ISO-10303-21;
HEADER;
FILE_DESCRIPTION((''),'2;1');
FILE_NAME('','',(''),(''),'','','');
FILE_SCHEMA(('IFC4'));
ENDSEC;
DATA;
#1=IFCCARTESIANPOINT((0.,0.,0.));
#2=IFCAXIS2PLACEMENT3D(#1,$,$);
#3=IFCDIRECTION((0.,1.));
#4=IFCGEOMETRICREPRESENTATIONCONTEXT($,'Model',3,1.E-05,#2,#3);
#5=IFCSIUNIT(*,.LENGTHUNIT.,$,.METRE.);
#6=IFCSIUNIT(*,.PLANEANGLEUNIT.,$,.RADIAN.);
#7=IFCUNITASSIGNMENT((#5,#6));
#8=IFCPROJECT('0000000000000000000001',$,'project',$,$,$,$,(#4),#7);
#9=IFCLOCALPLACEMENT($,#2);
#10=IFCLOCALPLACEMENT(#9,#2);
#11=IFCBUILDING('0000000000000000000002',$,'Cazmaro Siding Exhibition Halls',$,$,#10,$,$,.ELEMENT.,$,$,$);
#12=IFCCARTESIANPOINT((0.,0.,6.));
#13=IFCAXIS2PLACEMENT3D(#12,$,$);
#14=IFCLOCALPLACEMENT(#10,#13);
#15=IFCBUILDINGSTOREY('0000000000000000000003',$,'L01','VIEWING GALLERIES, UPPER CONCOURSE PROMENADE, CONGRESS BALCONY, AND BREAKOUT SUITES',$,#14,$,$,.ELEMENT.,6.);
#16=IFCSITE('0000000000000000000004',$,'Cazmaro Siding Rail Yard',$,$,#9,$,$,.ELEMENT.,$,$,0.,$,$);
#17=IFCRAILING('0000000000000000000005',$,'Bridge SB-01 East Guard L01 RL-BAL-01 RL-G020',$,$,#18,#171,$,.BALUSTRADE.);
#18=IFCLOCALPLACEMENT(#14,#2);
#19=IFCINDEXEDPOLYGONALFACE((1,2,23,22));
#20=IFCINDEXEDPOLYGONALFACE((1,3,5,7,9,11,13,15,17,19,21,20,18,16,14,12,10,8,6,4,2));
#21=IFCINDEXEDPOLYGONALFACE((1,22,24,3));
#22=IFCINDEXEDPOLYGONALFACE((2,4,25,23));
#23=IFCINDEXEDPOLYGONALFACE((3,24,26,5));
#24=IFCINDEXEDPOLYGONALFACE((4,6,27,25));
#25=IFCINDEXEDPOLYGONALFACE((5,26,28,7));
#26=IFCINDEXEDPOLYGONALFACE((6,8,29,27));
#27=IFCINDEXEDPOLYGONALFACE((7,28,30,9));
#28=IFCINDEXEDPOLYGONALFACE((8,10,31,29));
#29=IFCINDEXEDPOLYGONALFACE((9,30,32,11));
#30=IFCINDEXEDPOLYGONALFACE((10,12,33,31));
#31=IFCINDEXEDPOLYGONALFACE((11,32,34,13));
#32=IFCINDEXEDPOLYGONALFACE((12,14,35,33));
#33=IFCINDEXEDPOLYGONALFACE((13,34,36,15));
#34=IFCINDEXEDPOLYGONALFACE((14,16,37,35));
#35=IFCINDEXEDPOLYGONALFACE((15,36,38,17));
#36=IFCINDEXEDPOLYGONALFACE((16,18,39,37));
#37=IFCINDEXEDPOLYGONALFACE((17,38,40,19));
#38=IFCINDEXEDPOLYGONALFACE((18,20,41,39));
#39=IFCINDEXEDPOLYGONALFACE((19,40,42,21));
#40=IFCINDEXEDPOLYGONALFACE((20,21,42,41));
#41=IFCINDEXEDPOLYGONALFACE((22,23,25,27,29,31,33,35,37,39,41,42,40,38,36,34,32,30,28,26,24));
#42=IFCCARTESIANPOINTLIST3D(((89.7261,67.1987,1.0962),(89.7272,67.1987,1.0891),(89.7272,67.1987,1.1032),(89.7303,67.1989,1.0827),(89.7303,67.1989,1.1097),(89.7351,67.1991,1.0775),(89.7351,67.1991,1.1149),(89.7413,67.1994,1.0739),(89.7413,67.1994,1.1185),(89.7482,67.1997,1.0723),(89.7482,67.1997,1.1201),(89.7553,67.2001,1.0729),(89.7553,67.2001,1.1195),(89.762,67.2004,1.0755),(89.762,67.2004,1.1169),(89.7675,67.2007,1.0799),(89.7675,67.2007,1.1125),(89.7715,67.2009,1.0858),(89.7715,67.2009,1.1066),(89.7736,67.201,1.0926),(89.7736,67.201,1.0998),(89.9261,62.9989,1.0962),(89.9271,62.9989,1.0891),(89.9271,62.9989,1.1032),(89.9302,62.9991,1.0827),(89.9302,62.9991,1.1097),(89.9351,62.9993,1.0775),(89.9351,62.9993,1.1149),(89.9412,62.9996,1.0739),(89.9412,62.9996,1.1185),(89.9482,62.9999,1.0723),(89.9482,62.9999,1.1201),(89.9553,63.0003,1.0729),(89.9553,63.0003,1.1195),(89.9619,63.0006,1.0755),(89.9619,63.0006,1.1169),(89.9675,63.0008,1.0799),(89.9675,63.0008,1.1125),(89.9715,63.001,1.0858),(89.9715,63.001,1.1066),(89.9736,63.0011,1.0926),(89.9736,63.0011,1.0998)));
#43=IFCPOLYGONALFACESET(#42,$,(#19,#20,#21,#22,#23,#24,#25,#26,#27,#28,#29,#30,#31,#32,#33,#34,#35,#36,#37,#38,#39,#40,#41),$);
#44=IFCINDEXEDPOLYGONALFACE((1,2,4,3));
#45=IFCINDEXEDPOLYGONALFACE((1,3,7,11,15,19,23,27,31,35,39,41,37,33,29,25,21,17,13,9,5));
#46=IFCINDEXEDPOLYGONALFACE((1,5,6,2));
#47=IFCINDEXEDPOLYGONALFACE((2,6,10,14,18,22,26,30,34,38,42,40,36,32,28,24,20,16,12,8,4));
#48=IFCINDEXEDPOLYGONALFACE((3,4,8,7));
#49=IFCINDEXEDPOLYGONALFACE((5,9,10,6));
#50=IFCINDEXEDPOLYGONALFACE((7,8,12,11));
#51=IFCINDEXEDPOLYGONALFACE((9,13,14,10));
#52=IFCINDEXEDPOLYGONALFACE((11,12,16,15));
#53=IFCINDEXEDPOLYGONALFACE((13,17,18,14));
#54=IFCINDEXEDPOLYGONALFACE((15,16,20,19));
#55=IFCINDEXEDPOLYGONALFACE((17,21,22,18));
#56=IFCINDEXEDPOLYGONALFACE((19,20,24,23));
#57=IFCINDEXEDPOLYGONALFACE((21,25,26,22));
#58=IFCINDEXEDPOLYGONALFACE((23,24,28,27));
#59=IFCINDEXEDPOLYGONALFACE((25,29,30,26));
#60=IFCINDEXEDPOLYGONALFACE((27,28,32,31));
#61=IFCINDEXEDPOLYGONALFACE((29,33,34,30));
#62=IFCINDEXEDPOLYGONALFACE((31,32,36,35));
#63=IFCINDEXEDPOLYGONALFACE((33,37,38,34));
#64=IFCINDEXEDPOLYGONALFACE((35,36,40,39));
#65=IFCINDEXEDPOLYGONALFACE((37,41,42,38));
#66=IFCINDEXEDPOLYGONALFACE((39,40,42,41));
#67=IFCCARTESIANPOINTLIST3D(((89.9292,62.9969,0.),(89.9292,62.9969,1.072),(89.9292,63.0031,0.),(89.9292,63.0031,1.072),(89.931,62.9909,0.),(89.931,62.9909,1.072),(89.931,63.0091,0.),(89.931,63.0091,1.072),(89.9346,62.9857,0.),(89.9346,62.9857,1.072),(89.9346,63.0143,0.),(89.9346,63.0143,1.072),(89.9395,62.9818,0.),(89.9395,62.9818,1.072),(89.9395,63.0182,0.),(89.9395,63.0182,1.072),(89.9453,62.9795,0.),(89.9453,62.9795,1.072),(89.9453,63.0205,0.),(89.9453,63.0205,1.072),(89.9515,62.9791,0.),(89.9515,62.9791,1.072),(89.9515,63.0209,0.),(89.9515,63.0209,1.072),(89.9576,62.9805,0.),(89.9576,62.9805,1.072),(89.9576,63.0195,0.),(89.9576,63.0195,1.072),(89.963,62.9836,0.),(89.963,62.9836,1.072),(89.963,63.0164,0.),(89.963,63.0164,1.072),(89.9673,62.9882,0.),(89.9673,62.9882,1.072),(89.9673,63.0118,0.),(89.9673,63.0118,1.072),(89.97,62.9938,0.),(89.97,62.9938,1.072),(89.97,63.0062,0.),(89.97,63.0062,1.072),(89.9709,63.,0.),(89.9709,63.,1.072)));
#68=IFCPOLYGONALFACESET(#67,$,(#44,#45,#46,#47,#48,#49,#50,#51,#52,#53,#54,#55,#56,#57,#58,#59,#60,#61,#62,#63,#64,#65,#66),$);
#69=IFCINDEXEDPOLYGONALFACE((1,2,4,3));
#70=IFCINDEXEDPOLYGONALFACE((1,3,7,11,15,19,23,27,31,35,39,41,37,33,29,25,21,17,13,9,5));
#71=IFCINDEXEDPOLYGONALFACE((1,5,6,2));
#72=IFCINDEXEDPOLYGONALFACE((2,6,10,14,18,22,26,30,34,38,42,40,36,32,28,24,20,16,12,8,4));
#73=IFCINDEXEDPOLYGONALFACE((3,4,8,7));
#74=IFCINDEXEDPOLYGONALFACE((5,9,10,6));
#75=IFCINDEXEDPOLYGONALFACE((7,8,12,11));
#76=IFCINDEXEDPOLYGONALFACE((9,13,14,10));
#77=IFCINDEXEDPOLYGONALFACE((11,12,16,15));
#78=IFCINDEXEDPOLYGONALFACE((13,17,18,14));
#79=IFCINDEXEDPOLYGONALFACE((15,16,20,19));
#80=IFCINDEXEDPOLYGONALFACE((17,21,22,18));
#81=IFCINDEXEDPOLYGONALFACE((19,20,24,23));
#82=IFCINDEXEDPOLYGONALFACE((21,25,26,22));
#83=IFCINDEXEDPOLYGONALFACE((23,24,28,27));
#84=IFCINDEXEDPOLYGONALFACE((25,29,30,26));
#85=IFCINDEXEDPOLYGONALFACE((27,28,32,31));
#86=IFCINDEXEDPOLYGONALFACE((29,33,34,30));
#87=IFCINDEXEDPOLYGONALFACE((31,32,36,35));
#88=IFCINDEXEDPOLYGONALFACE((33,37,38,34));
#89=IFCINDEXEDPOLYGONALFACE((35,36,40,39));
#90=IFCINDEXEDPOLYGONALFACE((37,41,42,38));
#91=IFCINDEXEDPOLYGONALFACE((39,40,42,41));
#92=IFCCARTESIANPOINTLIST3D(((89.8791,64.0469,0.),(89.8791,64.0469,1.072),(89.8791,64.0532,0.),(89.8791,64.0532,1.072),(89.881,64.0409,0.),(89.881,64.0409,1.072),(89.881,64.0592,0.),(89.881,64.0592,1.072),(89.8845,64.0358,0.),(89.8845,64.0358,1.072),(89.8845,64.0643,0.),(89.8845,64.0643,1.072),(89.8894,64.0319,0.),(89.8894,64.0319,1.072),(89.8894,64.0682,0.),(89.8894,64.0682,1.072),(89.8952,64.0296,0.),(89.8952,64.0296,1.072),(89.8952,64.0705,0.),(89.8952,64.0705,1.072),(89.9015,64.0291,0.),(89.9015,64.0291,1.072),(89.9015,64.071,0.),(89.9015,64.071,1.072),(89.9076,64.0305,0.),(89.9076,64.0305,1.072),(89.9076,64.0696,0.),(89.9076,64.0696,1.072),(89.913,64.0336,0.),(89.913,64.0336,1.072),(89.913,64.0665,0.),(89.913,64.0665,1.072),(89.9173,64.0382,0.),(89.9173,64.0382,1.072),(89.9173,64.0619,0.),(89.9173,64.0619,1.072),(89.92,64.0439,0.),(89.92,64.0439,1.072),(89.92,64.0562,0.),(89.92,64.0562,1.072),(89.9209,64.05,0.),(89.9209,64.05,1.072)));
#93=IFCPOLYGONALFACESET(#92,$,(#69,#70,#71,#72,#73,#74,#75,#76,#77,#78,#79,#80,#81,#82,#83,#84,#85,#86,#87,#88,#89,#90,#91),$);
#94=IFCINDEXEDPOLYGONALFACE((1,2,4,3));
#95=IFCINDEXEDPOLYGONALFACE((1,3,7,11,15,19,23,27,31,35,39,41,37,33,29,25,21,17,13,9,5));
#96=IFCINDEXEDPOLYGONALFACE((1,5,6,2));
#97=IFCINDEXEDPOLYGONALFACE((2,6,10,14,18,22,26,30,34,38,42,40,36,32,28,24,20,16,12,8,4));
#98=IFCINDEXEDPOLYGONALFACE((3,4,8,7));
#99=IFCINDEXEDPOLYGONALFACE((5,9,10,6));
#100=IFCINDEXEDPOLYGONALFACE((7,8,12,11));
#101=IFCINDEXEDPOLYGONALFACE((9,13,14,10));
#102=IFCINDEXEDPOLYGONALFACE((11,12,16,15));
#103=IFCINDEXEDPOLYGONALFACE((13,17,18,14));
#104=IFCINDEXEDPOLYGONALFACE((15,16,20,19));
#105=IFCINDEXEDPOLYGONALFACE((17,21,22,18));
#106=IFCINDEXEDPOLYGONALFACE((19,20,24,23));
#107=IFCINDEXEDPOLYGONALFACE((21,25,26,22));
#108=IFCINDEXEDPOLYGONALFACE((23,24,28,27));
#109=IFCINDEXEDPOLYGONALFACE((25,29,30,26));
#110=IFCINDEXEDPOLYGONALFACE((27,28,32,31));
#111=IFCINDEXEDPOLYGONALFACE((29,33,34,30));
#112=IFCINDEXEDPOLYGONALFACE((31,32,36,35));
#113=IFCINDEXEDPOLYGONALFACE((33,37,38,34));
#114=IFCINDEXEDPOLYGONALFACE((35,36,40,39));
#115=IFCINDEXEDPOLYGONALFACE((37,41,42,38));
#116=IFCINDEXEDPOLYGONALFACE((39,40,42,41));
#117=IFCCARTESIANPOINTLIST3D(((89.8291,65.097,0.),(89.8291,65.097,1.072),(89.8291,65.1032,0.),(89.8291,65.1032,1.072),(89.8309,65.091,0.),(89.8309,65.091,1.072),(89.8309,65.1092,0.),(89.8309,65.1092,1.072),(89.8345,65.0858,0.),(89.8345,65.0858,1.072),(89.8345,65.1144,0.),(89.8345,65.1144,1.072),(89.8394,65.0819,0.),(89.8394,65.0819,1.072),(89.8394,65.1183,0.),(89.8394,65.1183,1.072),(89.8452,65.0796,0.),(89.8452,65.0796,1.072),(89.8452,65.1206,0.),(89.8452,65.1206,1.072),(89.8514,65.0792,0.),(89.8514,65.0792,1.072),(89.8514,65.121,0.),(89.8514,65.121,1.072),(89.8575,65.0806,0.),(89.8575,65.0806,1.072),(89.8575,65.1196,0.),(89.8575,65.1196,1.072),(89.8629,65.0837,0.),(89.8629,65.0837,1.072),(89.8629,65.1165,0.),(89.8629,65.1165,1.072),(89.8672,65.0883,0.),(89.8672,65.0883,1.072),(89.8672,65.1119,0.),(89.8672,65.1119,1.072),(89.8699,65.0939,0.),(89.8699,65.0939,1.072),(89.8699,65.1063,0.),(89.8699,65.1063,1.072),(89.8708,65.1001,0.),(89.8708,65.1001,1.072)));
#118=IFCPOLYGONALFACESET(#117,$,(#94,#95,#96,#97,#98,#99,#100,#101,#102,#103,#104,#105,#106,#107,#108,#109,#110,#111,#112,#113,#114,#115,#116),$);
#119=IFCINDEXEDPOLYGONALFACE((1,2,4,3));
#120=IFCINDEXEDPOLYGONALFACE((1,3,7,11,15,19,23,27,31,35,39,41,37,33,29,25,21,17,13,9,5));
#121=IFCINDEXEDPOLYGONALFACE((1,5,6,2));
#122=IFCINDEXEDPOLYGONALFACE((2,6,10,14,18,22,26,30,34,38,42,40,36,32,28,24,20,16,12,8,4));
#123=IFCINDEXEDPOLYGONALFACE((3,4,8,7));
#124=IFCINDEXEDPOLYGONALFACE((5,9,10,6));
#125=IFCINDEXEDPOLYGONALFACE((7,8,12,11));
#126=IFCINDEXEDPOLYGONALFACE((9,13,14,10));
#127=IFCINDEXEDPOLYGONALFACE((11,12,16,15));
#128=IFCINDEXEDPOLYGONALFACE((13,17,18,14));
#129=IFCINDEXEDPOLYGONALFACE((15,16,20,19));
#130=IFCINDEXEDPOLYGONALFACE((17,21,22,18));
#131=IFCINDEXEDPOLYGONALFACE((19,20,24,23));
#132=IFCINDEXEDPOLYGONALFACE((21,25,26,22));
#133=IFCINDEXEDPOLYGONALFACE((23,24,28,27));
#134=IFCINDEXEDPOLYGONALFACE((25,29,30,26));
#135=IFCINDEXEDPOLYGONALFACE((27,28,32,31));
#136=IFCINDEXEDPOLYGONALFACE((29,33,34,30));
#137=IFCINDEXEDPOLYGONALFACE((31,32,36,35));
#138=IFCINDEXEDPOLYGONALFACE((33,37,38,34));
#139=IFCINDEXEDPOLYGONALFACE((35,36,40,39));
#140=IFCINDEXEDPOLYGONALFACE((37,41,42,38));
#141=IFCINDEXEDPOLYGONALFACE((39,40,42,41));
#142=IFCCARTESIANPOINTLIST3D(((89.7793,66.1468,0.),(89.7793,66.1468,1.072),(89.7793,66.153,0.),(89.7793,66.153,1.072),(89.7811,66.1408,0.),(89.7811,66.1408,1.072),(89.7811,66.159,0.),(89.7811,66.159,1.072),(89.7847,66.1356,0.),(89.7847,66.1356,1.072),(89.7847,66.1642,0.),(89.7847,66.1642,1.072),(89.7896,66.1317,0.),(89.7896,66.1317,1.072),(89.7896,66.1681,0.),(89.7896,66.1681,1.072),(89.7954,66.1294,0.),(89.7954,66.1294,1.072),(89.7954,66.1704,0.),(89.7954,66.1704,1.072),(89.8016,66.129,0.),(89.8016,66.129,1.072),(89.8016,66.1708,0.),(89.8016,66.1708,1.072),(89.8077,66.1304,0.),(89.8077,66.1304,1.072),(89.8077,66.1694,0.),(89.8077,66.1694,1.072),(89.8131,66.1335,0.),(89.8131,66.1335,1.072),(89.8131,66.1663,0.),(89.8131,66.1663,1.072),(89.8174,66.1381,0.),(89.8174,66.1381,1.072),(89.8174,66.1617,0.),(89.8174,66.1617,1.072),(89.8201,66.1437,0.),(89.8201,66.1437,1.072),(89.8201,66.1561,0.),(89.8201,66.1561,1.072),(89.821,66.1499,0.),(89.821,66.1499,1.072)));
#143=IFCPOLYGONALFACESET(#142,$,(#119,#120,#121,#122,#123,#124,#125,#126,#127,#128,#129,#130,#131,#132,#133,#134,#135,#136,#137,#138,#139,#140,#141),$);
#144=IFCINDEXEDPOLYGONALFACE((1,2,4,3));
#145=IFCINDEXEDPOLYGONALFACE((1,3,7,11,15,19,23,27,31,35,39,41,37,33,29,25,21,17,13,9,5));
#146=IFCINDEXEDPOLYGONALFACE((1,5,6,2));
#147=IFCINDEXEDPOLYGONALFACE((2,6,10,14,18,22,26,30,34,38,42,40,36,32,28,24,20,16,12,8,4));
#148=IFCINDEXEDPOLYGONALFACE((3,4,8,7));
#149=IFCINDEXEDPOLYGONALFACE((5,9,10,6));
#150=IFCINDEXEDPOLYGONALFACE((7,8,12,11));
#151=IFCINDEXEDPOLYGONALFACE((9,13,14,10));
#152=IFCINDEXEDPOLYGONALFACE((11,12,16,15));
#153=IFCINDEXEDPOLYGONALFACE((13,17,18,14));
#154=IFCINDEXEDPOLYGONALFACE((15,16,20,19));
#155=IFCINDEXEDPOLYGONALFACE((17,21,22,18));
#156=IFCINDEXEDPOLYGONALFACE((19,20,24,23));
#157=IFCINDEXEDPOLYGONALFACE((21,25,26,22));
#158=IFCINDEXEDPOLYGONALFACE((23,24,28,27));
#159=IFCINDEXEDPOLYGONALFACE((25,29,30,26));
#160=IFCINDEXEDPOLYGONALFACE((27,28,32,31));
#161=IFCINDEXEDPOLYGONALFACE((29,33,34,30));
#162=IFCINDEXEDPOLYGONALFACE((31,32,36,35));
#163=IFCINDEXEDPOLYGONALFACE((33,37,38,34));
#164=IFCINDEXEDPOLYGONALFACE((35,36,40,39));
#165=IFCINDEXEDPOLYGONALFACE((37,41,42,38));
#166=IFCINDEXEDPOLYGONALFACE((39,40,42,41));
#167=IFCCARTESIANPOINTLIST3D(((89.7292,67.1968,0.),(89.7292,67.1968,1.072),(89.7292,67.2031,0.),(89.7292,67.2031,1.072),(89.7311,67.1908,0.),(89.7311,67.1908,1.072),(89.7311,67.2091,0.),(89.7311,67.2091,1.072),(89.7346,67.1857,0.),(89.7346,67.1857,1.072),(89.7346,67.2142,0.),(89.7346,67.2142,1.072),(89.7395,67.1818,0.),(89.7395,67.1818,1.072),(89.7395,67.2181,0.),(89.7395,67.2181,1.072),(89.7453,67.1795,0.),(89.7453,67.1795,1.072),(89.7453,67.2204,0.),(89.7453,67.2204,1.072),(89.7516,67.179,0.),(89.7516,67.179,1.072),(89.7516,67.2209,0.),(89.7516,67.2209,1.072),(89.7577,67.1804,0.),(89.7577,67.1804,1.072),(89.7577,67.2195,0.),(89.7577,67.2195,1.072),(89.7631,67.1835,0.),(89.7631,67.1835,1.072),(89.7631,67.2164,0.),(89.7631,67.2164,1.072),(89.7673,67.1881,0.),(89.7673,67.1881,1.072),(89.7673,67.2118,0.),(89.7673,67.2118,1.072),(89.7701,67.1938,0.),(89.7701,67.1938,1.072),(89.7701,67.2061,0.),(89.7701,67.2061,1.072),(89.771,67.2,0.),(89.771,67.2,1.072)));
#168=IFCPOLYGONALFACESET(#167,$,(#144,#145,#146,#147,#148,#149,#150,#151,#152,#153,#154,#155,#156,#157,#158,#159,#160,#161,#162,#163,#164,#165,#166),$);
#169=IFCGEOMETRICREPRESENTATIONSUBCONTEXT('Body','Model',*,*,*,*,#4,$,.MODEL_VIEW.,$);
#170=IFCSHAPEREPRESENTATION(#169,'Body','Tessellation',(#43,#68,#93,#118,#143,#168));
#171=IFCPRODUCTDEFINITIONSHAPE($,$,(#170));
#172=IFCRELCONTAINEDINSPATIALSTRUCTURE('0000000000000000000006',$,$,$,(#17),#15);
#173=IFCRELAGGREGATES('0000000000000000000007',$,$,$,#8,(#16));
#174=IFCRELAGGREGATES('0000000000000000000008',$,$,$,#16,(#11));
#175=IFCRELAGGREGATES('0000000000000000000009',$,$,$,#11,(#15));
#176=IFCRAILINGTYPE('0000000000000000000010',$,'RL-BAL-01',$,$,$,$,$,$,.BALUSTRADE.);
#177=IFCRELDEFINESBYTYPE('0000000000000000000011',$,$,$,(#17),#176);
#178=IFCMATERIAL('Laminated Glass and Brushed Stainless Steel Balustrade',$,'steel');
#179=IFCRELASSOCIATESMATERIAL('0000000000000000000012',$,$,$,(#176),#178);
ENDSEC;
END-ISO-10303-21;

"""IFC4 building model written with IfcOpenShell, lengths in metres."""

from ifc_helpers import new_model, si_unit, direction, frame, origin, origin_2d, place, context, subcontext, project, spatial, circle, extrude, material, type_object, element, save


model = new_model("IFC4")

# Units and contexts
model_context = context("Model", 3, precision=1e-05, world=origin(), true_north=direction((0.0, 1.0)))
body_context = subcontext(model_context, "Body", "Model", "MODEL_VIEW")
ifc_project = project(units=[si_unit("LENGTHUNIT", "METRE"), si_unit("PLANEANGLEUNIT", "RADIAN")], contexts=[model_context])

# Site, building, storey
site_placement = place(None, origin())
site = spatial("IfcSite", under=ifc_project, at=site_placement, Name="Cazmaro Siding Rail Yard", CompositionType="ELEMENT", RefElevation=0.0)
building_placement = place(site_placement, origin())
building = spatial("IfcBuilding", under=site, at=building_placement, Name="Cazmaro Siding Exhibition Halls", CompositionType="ELEMENT")
storey_placement = place(building_placement, frame((0.0, 0.0, 6.0)))
storey = spatial("IfcBuildingStorey", under=building, at=storey_placement, Name="L01", Description="VIEWING GALLERIES, UPPER CONCOURSE PROMENADE, CONGRESS BALCONY, AND BREAKOUT SUITES", CompositionType="ELEMENT", Elevation=6.0)

# Railing
ifc_material_1 = material(Name="Laminated Glass and Brushed Stainless Steel Balustrade", Category="steel")
railing_type_1 = type_object("IfcRailingType", Name="RL-BAL-01", PredefinedType="BALUSTRADE", material=ifc_material_1)
railing_1_placement = place(storey_placement, frame((89.95, 63.0, 0.0)))
element("IfcRailing", 1, at=railing_1_placement, inside=storey, type_object=railing_type_1, Name="Bridge SB-01 East Guard L01 RL-BAL-01 RL-G020", PredefinedType="BALUSTRADE", context=body_context, shape_type="SweptSolid", body=[
    extrude(circle(Radius=0.0239, at=origin_2d()), frame((0.0, 0.0, 1.0962), z_axis=(-0.047554, 0.998869, 0.0), x_axis=(-0.998869, -0.047554, 0.0)), (0.0, 0.0, 1.0), 4.2046),
    extrude(circle(Radius=0.021, at=origin_2d()), origin(), (0.0, 0.0, 1.0), 1.072),
    extrude(circle(Radius=0.021, at=origin_2d()), frame((-0.05, 1.05, 0.0)), (0.0, 0.0, 1.0), 1.072),
    extrude(circle(Radius=0.021, at=origin_2d()), frame((-0.1001, 2.1001, 0.0)), (0.0, 0.0, 1.0), 1.072),
    extrude(circle(Radius=0.021, at=origin_2d()), frame((-0.1499, 3.1499, 0.0)), (0.0, 0.0, 1.0), 1.072),
    extrude(circle(Radius=0.021, at=origin_2d()), frame((-0.2, 4.2, 0.0)), (0.0, 0.0, 1.0), 1.072),
])

save(model, "model.ifc")
